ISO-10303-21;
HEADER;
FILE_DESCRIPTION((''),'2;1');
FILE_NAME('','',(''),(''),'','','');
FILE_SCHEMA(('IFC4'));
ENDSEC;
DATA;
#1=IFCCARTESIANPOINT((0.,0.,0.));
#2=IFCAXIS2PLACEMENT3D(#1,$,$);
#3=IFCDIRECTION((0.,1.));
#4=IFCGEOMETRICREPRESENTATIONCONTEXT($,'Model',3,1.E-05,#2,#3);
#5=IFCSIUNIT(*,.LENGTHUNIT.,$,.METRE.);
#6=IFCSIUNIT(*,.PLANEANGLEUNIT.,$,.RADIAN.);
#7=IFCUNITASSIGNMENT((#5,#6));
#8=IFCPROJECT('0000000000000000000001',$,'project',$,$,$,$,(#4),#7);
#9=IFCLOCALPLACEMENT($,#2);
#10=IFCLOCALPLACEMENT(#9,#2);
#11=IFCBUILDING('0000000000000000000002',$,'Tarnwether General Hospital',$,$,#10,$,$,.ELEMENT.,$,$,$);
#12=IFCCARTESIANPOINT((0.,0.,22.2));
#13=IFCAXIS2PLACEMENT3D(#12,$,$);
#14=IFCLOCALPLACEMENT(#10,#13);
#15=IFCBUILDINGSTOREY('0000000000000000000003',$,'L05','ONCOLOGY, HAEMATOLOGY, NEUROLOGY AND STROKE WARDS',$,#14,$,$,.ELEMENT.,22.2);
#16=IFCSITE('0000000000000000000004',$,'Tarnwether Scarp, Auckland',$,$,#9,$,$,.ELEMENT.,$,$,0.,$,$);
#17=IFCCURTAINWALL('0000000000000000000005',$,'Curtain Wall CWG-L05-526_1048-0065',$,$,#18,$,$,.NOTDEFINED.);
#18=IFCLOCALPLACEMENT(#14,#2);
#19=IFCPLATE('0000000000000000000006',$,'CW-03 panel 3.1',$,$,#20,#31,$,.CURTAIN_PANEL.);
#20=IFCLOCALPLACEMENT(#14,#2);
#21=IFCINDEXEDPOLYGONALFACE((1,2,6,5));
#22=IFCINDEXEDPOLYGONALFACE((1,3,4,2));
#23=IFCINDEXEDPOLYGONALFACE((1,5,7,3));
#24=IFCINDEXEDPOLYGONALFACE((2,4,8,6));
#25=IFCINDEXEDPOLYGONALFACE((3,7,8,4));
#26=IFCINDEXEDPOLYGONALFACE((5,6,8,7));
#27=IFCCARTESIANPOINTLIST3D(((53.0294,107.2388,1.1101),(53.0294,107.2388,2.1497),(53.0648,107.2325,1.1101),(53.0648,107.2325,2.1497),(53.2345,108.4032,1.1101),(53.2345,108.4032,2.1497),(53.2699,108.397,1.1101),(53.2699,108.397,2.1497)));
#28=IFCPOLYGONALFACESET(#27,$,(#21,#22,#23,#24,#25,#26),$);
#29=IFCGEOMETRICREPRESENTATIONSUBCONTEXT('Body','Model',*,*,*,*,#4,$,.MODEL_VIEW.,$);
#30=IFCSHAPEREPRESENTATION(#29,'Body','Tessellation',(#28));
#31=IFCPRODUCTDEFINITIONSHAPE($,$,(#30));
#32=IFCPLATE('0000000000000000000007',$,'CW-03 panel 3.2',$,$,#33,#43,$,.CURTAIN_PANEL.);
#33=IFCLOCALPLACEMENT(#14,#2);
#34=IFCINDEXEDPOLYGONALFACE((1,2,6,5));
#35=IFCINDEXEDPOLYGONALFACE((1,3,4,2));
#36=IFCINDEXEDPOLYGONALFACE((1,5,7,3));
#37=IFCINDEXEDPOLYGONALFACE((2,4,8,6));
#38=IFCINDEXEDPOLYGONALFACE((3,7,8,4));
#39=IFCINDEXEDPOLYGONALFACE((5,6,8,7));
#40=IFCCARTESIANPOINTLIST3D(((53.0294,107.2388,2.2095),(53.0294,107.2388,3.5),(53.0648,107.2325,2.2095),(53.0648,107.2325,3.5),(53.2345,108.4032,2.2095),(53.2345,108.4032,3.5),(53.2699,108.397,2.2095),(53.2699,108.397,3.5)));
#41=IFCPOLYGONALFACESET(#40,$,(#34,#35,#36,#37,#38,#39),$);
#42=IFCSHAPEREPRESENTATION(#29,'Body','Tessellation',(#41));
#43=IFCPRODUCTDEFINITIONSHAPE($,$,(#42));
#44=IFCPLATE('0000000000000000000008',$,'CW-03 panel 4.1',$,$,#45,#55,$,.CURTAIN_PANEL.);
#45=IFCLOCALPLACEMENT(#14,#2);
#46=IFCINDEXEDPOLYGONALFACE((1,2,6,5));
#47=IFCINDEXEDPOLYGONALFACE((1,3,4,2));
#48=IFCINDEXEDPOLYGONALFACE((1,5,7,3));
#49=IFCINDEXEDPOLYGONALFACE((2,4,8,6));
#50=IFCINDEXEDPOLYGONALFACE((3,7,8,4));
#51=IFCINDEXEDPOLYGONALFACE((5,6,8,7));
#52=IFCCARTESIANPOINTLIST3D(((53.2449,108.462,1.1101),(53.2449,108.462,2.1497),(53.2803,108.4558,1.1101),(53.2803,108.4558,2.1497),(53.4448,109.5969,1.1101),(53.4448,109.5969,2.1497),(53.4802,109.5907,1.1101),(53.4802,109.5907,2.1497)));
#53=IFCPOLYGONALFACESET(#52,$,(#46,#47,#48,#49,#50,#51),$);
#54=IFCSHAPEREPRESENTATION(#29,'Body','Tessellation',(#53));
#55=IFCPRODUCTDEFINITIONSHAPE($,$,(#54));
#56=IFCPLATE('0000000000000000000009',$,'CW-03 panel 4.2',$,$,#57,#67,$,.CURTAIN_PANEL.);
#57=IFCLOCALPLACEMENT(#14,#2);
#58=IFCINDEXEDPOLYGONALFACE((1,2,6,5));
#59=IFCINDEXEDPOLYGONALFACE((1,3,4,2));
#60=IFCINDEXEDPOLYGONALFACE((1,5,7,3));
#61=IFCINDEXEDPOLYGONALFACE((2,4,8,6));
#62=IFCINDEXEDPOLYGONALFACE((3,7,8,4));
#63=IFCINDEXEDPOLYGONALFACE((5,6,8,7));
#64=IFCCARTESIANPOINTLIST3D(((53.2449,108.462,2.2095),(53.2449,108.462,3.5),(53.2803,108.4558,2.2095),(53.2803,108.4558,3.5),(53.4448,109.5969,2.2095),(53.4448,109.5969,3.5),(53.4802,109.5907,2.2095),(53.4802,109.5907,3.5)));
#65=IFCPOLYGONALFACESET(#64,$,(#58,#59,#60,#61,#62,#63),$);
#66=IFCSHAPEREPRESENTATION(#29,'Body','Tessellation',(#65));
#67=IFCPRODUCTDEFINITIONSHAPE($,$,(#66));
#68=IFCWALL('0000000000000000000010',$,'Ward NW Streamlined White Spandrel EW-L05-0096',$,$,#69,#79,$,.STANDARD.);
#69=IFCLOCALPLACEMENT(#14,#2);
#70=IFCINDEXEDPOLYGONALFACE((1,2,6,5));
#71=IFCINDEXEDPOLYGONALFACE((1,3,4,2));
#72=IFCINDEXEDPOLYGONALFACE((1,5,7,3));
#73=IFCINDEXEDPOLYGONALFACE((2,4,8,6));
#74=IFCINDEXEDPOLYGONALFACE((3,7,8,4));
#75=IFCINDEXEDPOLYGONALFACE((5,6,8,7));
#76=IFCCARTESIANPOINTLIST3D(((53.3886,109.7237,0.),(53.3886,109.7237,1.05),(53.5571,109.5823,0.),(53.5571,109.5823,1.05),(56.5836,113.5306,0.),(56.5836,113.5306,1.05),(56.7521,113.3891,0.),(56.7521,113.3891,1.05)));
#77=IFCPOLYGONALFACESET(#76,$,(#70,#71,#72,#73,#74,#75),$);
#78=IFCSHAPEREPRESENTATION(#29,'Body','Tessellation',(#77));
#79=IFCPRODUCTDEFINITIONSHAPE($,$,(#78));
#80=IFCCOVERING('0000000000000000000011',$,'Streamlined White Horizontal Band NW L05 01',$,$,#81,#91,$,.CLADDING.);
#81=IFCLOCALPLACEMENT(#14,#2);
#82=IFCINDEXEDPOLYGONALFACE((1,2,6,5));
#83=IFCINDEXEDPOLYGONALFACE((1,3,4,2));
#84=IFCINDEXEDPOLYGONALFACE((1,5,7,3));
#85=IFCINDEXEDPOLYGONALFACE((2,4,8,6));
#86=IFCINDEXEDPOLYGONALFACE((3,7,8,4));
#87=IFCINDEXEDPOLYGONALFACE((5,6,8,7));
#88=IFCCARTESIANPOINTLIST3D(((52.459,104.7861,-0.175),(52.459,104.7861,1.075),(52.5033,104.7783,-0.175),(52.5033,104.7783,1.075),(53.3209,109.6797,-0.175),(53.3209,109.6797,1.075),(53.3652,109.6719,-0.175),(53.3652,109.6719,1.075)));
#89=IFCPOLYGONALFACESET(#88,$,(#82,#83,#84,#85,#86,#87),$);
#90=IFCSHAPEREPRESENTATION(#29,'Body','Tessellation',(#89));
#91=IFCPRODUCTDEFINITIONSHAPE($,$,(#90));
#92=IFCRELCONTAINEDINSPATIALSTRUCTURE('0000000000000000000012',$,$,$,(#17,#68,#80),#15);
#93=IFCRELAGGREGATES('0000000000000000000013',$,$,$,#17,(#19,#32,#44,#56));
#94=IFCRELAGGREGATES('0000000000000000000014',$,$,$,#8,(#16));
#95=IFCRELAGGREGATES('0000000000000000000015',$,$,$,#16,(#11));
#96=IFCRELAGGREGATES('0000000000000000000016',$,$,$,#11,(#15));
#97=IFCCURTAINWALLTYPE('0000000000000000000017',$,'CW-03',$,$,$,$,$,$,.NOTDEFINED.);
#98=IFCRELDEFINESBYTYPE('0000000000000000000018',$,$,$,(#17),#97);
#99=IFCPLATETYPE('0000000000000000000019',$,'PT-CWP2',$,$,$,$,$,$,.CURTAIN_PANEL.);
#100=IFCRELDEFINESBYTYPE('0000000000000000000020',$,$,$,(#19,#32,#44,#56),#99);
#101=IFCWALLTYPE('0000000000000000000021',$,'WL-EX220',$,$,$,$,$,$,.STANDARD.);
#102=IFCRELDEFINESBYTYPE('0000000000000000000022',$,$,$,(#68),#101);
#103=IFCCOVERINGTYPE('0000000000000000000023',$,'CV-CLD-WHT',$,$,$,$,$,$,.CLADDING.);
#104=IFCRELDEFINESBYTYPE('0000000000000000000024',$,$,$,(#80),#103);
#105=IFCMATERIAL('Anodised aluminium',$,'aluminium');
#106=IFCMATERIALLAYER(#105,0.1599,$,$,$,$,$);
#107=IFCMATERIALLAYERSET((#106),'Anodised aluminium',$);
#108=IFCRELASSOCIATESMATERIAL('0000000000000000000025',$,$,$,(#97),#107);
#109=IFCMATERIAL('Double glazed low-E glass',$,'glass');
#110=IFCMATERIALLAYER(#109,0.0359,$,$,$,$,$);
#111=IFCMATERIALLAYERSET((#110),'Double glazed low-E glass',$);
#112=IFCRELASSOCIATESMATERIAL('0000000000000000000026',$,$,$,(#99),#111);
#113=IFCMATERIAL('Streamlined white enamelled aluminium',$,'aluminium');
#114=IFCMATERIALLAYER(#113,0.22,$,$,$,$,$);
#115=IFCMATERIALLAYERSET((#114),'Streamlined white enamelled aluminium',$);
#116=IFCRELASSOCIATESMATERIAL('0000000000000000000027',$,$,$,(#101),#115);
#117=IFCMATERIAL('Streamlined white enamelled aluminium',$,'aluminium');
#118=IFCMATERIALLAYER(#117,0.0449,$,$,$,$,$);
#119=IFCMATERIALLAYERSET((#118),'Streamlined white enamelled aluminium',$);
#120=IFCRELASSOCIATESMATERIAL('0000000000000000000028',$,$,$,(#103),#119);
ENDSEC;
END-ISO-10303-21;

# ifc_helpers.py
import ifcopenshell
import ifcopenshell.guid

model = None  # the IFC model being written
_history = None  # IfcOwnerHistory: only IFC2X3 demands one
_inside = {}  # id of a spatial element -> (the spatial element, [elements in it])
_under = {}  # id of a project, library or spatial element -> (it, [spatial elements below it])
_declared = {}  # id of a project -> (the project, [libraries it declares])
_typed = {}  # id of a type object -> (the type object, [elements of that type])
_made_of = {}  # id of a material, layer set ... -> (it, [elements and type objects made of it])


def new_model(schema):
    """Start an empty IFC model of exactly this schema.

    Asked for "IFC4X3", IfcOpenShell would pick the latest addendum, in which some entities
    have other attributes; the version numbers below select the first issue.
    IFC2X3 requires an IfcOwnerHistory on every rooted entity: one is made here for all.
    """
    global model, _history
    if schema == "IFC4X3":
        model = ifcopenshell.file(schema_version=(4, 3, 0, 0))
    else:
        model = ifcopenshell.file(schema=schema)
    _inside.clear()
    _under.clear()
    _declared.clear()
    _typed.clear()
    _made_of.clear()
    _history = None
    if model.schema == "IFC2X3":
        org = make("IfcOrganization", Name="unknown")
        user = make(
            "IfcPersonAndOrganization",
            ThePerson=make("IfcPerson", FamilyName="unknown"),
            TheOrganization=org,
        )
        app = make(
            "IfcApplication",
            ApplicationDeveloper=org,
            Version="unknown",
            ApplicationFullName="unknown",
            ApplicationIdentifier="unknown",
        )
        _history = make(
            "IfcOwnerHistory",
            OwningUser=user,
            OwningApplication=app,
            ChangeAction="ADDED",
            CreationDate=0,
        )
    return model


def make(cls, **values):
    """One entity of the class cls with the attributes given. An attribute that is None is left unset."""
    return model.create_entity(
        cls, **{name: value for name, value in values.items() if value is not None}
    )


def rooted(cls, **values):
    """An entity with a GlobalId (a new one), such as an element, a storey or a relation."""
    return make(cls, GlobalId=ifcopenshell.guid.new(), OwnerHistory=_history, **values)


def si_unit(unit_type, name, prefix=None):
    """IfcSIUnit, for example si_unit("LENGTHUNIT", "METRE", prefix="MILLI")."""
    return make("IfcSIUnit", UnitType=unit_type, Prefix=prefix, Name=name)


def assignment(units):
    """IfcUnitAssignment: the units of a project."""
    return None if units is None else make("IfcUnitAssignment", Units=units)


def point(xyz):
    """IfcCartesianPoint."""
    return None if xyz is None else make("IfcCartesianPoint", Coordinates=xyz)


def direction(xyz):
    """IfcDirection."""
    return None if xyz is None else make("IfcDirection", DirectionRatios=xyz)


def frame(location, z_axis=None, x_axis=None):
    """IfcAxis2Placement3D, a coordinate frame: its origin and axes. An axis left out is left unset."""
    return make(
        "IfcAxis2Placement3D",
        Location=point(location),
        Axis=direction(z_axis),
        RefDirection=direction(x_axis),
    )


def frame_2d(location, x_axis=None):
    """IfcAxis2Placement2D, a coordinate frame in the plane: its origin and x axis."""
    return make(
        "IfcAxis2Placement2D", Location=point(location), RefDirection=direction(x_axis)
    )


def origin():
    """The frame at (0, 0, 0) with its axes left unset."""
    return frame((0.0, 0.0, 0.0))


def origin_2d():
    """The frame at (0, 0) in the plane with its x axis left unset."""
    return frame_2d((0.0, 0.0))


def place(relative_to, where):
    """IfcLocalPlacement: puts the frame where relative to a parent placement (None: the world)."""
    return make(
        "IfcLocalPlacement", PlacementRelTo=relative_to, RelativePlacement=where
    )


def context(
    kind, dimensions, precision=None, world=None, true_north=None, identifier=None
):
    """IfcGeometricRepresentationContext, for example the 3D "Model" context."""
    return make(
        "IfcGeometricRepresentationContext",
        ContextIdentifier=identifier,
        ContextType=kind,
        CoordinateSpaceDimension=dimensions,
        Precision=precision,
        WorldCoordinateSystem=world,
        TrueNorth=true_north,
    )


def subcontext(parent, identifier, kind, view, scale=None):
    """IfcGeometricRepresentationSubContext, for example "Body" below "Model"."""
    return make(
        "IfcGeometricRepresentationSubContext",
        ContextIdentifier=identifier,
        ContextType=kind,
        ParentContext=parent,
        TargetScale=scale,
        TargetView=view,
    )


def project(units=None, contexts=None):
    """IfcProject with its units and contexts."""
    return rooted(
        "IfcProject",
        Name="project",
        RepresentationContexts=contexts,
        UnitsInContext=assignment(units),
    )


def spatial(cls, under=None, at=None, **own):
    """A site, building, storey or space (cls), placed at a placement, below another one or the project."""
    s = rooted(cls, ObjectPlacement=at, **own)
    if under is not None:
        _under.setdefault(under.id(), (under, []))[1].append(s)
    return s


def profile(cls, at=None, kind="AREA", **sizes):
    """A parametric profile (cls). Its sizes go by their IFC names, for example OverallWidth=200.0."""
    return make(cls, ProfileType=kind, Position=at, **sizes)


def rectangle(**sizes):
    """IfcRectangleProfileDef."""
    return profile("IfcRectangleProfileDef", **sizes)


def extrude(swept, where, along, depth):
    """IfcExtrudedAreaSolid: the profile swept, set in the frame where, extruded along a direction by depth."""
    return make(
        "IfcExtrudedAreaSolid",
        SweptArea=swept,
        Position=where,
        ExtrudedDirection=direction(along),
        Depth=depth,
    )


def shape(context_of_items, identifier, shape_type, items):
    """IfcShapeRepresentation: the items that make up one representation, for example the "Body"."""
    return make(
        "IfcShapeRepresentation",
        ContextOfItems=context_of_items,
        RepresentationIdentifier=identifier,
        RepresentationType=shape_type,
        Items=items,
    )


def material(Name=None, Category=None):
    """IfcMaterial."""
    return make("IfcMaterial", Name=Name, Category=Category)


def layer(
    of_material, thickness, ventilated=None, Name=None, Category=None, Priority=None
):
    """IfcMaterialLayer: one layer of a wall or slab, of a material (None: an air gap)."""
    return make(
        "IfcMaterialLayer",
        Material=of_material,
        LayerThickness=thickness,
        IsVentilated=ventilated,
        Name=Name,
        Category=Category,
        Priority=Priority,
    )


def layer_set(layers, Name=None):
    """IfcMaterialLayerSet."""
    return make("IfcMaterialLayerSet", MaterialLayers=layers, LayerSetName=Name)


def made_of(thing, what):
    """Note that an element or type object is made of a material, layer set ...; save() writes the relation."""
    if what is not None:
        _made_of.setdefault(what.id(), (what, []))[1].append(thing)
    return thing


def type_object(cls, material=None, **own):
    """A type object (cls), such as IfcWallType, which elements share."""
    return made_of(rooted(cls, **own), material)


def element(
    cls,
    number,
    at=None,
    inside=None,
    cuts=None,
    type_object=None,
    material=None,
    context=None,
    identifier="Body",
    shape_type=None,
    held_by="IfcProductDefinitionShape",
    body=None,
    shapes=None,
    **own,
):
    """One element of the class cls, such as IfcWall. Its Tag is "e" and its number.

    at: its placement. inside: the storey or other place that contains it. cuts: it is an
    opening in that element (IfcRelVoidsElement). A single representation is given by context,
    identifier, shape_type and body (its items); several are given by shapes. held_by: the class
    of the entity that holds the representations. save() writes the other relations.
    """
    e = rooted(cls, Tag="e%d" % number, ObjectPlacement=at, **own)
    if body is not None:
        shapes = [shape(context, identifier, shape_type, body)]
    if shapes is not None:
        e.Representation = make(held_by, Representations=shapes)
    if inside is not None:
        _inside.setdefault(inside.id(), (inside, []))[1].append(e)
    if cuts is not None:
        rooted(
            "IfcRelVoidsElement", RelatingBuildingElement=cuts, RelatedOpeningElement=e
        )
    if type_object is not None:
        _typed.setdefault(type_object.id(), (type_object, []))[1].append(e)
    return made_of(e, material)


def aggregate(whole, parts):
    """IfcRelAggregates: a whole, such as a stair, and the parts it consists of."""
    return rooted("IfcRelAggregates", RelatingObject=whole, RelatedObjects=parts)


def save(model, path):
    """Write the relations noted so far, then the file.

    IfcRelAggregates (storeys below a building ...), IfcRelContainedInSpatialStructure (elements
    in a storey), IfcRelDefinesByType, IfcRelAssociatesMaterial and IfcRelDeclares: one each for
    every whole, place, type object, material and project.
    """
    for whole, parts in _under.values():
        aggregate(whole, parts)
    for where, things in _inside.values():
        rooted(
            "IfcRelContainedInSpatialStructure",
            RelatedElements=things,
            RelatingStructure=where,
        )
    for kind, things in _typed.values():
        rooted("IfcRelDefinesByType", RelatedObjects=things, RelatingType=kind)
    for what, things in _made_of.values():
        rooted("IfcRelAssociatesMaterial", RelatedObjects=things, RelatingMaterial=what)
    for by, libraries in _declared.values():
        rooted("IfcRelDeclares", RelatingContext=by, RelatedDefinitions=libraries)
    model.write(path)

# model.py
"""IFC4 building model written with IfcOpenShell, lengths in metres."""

from ifc_helpers import new_model, si_unit, direction, frame, frame_2d, origin, origin_2d, place, context, subcontext, project, spatial, rectangle, extrude, material, layer, layer_set, type_object, element, aggregate, save


model = new_model("IFC4")

# Units and contexts
model_context = context("Model", 3, precision=1e-05, world=origin(), true_north=direction((0.0, 1.0)))
body_context = subcontext(model_context, "Body", "Model", "MODEL_VIEW")
ifc_project = project(units=[si_unit("LENGTHUNIT", "METRE"), si_unit("PLANEANGLEUNIT", "RADIAN")], contexts=[model_context])

# Site, building, storey
site_placement = place(None, origin())
site = spatial("IfcSite", under=ifc_project, at=site_placement, Name="Tarnwether Scarp, Auckland", CompositionType="ELEMENT", RefElevation=0.0)
building_placement = place(site_placement, origin())
building = spatial("IfcBuilding", under=site, at=building_placement, Name="Tarnwether General Hospital", CompositionType="ELEMENT")
storey_placement = place(building_placement, frame((0.0, 0.0, 22.2)))
storey = spatial("IfcBuildingStorey", under=building, at=storey_placement, Name="L05", Description="ONCOLOGY, HAEMATOLOGY, NEUROLOGY AND STROKE WARDS", CompositionType="ELEMENT", Elevation=22.2)

# Curtain wall
ifc_material_1 = material(Name="Anodised aluminium", Category="aluminium")
ifc_layer_1 = layer(ifc_material_1, 0.1599)
ifc_layer_set_1 = layer_set([ifc_layer_1], Name="Anodised aluminium")
curtain_wall_type = type_object("IfcCurtainWallType", Name="CW-03", PredefinedType="NOTDEFINED", material=ifc_layer_set_1)
curtain_wall_1_placement = place(storey_placement, origin())
curtain_wall_1 = element("IfcCurtainWall", 1, at=curtain_wall_1_placement, inside=storey, type_object=curtain_wall_type, Name="Curtain Wall CWG-L05-526_1048-0065", PredefinedType="NOTDEFINED")

# Plates
ifc_material_2 = material(Name="Double glazed low-E glass", Category="glass")
ifc_layer_2 = layer(ifc_material_2, 0.0359)
ifc_layer_set_2 = layer_set([ifc_layer_2], Name="Double glazed low-E glass")
plate_type_1 = type_object("IfcPlateType", Name="PT-CWP2", PredefinedType="CURTAIN_PANEL", material=ifc_layer_set_2)
plate_1_placement = place(storey_placement, frame((53.1497, 107.8179, 1.1101), z_axis=(0.0, 0.0, 1.0), x_axis=(0.173464, 0.98484, 0.0)))
plate_1 = element("IfcPlate", 2, at=plate_1_placement, type_object=plate_type_1, Name="CW-03 panel 3.1", PredefinedType="CURTAIN_PANEL", context=body_context, shape_type="SweptSolid", body=[
    extrude(rectangle(XDim=1.1824, YDim=0.0359, at=origin_2d()), origin(), (0.0, 0.0, 1.0), 1.0396),
])
plate_2_placement = place(storey_placement, frame((53.1497, 107.8179, 2.2095), z_axis=(0.0, 0.0, 1.0), x_axis=(0.173464, 0.98484, 0.0)))
plate_2 = element("IfcPlate", 3, at=plate_2_placement, type_object=plate_type_1, Name="CW-03 panel 3.2", PredefinedType="CURTAIN_PANEL", context=body_context, shape_type="SweptSolid", body=[
    extrude(rectangle(XDim=1.1824, YDim=0.0359, at=origin_2d()), origin(), (0.0, 0.0, 1.0), 1.2905),
])
plate_3_placement = place(storey_placement, frame((53.3625, 109.0264, 1.1101), z_axis=(0.0, 0.0, 1.0), x_axis=(0.173464, 0.98484, 0.0)))
plate_3 = element("IfcPlate", 4, at=plate_3_placement, type_object=plate_type_1, Name="CW-03 panel 4.1", PredefinedType="CURTAIN_PANEL", context=body_context, shape_type="SweptSolid", body=[
    extrude(rectangle(XDim=1.1523, YDim=0.0359, at=origin_2d()), origin(), (0.0, 0.0, 1.0), 1.0396),
])
plate_4_placement = place(storey_placement, frame((53.3625, 109.0264, 2.2095), z_axis=(0.0, 0.0, 1.0), x_axis=(0.173464, 0.98484, 0.0)))
plate_4 = element("IfcPlate", 5, at=plate_4_placement, type_object=plate_type_1, Name="CW-03 panel 4.2", PredefinedType="CURTAIN_PANEL", context=body_context, shape_type="SweptSolid", body=[
    extrude(rectangle(XDim=1.1523, YDim=0.0359, at=origin_2d()), origin(), (0.0, 0.0, 1.0), 1.2905),
])
aggregate(curtain_wall_1, [plate_1, plate_2, plate_3, plate_4])

# Wall
ifc_material_3 = material(Name="Streamlined white enamelled aluminium", Category="aluminium")
ifc_layer_3 = layer(ifc_material_3, 0.22)
ifc_layer_set_3 = layer_set([ifc_layer_3], Name="Streamlined white enamelled aluminium")
wall_type = type_object("IfcWallType", Name="WL-EX220", PredefinedType="STANDARD", material=ifc_layer_set_3)
wall_placement = place(storey_placement, frame((53.4729, 109.6531, 0.0), z_axis=(0.0, 0.0, 1.0), x_axis=(0.642872, 0.765974, 0.0)))
element("IfcWall", 6, at=wall_placement, inside=storey, type_object=wall_type, Name="Ward NW Streamlined White Spandrel EW-L05-0096", PredefinedType="STANDARD", context=body_context, shape_type="SweptSolid", body=[
    extrude(rectangle(XDim=4.97, YDim=0.22, at=frame_2d((2.4849, 0.0))), origin(), (0.0, 0.0, 1.0), 1.05),
])

# Covering
ifc_material_4 = material(Name="Streamlined white enamelled aluminium", Category="aluminium")
ifc_layer_4 = layer(ifc_material_4, 0.0449)
ifc_layer_set_4 = layer_set([ifc_layer_4], Name="Streamlined white enamelled aluminium")
covering_type = type_object("IfcCoveringType", Name="CV-CLD-WHT", PredefinedType="CLADDING", material=ifc_layer_set_4)
covering_placement = place(storey_placement, frame((52.9121, 107.229, -0.175), z_axis=(0.0, 0.0, 1.0), x_axis=(0.173459, 0.984841, 0.0)))
element("IfcCovering", 7, at=covering_placement, inside=storey, type_object=covering_type, Name="Streamlined White Horizontal Band NW L05 01", PredefinedType="CLADDING", context=body_context, shape_type="SweptSolid", body=[
    extrude(rectangle(XDim=4.969, YDim=0.0449, at=origin_2d()), origin(), (0.0, 0.0, 1.0), 1.25),
])

save(model, "model.ifc")
